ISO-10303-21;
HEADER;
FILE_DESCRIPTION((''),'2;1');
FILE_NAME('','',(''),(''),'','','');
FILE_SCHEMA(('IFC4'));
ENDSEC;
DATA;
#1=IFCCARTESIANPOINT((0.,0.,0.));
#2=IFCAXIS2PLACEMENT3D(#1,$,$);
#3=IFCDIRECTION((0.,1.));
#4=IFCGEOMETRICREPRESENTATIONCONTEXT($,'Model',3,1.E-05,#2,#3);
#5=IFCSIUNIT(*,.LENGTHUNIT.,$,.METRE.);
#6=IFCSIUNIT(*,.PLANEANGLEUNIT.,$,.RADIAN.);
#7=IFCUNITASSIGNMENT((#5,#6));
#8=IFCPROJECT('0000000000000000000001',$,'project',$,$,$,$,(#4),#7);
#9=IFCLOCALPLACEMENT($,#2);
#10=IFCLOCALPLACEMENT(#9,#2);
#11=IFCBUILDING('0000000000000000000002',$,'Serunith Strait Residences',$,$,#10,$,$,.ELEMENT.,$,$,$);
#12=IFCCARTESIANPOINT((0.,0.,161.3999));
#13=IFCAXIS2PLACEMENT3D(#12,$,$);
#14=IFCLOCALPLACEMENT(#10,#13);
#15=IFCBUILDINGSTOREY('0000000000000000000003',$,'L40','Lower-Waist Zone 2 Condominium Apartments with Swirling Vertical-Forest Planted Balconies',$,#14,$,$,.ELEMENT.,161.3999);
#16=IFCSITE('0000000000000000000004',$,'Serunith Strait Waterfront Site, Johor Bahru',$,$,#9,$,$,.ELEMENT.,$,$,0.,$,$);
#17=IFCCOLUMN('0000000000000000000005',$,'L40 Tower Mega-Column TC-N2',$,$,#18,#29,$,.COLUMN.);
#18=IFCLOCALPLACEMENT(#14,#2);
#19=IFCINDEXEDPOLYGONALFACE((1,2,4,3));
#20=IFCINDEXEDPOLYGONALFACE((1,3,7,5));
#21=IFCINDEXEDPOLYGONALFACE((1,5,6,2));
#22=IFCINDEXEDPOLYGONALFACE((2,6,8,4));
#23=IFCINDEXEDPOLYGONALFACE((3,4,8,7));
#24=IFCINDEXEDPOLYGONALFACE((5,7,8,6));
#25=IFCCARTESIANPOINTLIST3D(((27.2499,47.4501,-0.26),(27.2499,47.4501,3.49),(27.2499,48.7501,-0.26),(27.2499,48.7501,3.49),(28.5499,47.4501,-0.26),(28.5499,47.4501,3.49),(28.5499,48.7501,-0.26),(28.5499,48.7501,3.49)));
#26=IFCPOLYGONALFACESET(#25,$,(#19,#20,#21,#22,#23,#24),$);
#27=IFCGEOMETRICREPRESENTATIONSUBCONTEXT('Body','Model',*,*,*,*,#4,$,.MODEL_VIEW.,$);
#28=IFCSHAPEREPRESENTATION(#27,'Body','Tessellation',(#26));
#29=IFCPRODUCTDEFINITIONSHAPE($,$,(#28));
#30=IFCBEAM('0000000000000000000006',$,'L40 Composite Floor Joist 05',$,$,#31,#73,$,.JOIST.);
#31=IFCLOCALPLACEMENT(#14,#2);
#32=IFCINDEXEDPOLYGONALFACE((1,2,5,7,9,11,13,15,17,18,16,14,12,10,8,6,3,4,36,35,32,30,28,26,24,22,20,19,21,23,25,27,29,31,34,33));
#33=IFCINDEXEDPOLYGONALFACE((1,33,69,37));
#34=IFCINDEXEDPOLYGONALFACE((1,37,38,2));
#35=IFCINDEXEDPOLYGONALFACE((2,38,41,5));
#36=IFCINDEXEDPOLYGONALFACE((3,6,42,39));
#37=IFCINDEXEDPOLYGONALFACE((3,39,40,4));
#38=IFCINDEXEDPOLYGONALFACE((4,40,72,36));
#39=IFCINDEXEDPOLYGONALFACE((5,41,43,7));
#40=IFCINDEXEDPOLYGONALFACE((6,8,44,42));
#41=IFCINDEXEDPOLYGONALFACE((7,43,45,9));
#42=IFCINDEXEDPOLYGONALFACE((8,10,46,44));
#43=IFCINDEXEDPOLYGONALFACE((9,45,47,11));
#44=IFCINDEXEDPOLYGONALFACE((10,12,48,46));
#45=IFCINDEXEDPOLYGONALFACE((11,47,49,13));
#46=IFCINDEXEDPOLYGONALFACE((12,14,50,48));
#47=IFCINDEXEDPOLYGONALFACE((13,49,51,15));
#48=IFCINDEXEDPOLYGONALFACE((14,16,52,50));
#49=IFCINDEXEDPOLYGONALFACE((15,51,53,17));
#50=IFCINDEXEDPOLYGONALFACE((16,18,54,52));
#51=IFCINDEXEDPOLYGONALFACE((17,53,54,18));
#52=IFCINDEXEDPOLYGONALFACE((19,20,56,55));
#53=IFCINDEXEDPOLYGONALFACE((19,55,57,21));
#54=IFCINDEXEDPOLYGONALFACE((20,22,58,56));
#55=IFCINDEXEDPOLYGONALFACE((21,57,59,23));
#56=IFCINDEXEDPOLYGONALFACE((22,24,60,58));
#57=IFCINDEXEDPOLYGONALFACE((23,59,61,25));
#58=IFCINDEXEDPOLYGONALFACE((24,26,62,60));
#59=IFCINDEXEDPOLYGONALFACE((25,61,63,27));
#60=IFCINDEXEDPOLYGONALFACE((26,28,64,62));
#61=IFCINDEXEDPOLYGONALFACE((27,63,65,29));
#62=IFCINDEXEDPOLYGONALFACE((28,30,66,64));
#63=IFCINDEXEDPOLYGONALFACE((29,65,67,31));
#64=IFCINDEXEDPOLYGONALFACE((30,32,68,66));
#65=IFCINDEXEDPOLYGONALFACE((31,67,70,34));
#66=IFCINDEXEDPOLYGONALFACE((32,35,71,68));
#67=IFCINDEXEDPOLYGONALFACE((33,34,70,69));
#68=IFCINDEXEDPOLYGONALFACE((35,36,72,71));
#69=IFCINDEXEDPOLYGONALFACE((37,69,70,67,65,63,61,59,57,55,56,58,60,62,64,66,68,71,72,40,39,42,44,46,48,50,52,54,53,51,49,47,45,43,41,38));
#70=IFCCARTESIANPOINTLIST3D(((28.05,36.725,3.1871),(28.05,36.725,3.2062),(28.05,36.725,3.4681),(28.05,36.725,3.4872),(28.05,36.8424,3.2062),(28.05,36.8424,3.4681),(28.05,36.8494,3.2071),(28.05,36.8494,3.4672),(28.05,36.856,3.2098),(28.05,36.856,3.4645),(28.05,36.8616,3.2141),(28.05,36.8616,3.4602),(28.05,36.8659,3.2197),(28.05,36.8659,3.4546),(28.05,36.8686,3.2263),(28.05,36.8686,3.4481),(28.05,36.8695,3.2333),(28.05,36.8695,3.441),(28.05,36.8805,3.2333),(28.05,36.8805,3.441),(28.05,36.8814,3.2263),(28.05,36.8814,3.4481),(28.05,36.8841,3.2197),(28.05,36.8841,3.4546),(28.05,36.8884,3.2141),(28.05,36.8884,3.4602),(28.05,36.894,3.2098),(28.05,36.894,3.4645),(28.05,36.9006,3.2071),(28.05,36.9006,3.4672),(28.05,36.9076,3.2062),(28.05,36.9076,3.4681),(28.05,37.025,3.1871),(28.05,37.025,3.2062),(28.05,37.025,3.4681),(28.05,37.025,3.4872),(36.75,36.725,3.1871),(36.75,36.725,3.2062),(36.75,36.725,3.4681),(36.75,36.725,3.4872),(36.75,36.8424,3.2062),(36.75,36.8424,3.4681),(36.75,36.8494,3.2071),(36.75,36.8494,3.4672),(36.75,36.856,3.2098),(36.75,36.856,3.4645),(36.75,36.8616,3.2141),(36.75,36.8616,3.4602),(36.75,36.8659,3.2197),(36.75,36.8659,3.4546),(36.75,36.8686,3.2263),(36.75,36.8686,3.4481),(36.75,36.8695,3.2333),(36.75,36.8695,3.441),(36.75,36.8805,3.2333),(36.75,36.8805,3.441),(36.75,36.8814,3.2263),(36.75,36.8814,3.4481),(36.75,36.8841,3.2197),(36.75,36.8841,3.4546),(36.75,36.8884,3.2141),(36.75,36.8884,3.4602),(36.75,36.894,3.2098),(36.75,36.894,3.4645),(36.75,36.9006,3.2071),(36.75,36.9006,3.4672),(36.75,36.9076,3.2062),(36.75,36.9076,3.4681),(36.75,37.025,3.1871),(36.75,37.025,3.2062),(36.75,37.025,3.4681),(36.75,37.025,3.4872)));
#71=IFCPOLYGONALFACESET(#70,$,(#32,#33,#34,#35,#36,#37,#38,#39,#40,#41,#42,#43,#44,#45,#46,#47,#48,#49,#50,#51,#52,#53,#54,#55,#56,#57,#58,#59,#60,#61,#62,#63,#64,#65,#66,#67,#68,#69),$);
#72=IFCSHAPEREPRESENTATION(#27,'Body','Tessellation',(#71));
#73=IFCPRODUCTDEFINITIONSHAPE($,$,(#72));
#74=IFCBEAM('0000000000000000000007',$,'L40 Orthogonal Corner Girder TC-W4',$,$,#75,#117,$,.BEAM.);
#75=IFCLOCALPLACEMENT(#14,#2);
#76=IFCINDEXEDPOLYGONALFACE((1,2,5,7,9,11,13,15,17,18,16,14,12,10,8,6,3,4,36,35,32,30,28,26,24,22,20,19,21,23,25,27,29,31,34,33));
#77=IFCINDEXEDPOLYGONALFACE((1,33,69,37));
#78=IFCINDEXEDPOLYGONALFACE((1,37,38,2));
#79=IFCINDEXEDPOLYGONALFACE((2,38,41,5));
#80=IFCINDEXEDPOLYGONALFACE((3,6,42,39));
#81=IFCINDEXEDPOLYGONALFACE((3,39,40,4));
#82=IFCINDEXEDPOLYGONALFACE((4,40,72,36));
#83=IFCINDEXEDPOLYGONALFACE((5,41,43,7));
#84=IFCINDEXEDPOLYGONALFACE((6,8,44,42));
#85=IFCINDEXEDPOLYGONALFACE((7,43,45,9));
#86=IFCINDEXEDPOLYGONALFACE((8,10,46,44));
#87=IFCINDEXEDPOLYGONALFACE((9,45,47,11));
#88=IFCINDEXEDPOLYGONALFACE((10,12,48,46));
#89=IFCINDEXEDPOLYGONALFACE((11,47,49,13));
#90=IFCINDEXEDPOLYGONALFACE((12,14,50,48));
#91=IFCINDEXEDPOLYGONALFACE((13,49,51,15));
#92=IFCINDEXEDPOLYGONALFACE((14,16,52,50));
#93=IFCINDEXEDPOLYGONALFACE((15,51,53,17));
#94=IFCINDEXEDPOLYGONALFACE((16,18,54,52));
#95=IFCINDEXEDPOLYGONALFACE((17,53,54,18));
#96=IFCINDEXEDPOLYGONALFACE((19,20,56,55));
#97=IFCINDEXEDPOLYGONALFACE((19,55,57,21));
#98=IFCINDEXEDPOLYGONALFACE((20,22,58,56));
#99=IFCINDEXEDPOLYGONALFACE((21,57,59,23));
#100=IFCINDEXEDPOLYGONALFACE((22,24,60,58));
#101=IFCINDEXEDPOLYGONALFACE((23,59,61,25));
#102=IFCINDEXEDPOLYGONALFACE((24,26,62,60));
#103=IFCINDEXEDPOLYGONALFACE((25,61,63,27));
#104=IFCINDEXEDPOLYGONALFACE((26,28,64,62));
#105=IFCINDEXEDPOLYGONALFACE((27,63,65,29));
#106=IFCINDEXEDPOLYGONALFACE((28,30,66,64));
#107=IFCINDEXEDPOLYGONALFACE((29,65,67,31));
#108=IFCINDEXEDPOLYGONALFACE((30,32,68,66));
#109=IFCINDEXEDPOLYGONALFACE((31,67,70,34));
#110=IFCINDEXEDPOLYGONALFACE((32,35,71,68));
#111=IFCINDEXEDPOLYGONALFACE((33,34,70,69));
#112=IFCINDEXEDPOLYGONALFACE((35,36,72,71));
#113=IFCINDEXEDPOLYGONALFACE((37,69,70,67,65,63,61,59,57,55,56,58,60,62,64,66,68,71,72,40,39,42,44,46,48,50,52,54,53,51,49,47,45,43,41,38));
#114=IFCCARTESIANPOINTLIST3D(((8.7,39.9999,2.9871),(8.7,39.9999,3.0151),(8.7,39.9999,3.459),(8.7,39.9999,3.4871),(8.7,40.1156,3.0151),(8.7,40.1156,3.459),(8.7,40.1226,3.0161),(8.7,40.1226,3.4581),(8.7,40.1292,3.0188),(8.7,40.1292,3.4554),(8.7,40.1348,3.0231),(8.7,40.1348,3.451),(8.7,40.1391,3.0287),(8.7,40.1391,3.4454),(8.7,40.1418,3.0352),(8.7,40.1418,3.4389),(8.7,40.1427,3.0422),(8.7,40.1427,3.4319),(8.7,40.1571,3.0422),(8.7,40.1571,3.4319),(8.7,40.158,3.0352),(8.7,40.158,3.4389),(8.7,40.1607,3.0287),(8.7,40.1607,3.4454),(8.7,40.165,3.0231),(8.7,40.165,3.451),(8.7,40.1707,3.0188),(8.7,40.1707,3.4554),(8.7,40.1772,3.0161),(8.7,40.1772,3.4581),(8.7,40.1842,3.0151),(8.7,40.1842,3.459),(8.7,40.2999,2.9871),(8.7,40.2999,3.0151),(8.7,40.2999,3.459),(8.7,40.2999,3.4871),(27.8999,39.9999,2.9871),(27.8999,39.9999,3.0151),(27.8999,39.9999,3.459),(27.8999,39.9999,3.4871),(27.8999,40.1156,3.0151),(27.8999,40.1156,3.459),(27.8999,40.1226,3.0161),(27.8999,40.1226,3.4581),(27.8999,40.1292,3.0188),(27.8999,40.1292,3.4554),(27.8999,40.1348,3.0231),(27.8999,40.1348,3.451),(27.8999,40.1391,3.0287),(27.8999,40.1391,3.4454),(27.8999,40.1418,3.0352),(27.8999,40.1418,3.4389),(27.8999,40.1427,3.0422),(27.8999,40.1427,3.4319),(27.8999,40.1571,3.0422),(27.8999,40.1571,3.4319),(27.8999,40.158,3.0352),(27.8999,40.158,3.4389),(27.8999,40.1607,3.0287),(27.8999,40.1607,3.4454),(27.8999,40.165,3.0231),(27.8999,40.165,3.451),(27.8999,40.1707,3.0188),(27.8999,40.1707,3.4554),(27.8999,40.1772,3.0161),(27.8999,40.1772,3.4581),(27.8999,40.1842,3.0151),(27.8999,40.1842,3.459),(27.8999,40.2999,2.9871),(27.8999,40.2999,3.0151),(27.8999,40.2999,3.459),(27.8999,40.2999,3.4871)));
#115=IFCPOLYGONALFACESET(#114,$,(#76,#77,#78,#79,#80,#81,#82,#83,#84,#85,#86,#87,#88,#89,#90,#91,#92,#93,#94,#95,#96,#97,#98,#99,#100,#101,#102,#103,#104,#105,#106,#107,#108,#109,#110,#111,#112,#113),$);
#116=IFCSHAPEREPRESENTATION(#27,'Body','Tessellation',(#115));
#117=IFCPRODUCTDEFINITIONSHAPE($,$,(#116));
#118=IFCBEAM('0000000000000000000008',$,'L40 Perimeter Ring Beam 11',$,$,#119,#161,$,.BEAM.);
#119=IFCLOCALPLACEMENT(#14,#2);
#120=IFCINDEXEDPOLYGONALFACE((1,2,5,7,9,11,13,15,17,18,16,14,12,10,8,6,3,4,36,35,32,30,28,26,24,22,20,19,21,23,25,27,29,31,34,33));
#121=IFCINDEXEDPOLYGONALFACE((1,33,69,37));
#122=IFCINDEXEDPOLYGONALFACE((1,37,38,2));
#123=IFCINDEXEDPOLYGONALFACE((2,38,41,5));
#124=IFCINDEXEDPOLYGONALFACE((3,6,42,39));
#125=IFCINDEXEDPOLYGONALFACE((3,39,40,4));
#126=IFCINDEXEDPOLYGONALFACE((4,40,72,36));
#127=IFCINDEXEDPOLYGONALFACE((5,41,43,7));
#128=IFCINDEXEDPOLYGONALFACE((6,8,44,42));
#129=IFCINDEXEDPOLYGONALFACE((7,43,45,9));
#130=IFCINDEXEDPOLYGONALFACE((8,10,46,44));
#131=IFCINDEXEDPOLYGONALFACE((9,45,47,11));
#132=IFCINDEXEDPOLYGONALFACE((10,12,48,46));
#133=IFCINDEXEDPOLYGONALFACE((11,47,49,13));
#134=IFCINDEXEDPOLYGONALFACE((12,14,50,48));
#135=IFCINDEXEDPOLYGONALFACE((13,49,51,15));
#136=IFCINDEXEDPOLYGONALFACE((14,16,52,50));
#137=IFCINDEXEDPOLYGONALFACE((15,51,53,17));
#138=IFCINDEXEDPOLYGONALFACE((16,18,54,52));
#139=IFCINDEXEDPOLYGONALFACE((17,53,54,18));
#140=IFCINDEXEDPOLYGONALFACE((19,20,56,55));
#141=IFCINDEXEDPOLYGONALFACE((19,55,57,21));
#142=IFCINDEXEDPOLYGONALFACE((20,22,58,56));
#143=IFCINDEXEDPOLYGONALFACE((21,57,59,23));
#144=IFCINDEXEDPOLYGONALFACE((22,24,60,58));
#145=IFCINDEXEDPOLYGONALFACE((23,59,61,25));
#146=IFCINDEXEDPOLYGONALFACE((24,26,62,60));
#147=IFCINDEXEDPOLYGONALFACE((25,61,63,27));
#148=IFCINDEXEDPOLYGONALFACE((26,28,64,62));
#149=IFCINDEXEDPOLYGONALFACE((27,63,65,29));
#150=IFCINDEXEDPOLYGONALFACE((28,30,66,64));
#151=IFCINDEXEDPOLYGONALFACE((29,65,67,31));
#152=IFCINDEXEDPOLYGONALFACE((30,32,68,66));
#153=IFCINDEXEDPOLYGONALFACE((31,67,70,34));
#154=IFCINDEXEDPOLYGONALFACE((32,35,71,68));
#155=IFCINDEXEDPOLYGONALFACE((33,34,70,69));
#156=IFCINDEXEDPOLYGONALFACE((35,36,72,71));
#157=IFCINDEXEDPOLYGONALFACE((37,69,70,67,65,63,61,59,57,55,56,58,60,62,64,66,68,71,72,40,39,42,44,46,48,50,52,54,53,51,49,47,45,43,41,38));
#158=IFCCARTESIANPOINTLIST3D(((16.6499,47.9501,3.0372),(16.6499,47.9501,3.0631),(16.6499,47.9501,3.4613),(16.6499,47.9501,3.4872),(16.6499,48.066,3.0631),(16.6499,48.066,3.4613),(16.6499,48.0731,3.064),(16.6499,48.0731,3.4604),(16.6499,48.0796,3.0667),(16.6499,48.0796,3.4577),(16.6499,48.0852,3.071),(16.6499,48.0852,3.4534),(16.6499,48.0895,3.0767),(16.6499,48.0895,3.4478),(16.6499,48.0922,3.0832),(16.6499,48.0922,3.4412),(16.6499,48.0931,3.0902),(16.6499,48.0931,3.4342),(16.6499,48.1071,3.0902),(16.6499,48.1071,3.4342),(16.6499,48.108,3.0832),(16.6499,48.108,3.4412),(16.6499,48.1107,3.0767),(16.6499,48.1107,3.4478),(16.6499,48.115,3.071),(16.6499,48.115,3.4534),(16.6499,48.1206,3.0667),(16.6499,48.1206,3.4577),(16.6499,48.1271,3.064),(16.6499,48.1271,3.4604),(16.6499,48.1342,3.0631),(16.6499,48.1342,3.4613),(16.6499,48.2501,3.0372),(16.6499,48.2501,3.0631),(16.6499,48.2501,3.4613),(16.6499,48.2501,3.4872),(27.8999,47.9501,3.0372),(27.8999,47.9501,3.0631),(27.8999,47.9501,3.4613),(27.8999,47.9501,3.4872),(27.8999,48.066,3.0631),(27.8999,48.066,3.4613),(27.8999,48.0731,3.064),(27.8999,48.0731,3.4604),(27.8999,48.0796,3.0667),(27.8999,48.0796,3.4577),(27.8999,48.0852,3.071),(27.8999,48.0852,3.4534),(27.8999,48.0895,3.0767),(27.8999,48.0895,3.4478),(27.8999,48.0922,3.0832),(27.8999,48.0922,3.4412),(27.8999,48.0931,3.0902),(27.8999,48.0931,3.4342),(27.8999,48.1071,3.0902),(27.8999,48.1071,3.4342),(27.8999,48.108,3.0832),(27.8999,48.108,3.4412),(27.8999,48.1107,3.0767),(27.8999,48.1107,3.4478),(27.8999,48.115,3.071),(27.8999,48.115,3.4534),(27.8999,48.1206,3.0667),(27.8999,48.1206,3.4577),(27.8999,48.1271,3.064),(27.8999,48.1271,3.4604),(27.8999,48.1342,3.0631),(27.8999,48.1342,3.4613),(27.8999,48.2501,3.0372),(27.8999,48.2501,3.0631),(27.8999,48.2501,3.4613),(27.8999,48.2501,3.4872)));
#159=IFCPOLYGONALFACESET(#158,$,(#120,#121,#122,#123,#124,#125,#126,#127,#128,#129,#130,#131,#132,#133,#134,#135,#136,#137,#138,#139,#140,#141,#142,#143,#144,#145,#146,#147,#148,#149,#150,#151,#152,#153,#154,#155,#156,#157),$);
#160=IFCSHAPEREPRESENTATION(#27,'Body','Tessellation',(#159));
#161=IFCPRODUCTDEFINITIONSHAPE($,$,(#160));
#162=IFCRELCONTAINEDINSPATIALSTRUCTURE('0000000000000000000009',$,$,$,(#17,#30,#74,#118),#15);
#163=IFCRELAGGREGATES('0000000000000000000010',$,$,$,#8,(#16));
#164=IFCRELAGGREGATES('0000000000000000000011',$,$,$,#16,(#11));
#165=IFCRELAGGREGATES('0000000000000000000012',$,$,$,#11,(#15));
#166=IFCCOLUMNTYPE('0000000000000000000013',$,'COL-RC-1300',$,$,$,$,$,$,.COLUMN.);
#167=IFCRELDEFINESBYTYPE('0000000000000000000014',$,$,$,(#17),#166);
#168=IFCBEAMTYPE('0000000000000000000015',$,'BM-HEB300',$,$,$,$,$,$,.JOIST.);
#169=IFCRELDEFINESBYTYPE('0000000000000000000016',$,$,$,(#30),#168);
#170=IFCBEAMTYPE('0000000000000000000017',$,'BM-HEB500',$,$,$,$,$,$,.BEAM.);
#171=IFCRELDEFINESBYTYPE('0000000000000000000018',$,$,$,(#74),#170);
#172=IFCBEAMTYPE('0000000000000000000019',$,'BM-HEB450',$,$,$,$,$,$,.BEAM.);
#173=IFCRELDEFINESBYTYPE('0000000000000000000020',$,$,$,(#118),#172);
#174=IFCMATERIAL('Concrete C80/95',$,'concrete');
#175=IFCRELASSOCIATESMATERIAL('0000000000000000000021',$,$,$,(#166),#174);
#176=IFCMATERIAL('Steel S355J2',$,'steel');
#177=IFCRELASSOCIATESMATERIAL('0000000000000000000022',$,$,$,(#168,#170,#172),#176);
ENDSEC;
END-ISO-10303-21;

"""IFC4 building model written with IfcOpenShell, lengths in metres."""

from ifc_helpers import new_model, si_unit, direction, frame, origin, origin_2d, place, context, subcontext, project, spatial, rectangle, i_section, extrude, source, transform, mapped, material, material_profile, profile_set, type_object, element, save


model = new_model("IFC4")

# Units and contexts
model_context = context("Model", 3, precision=1e-05, world=origin(), true_north=direction((0.0, 1.0)))
body_context = subcontext(model_context, "Body", "Model", "MODEL_VIEW")
ifc_project = project(units=[si_unit("LENGTHUNIT", "METRE"), si_unit("PLANEANGLEUNIT", "RADIAN")], contexts=[model_context])

# Site, building, storey
site_placement = place(None, origin())
site = spatial("IfcSite", under=ifc_project, at=site_placement, Name="Serunith Strait Waterfront Site, Johor Bahru", CompositionType="ELEMENT", RefElevation=0.0)
building_placement = place(site_placement, origin())
building = spatial("IfcBuilding", under=site, at=building_placement, Name="Serunith Strait Residences", CompositionType="ELEMENT")
storey_placement = place(building_placement, frame((0.0, 0.0, 161.3999)))
storey = spatial("IfcBuildingStorey", under=building, at=storey_placement, Name="L40", Description="Lower-Waist Zone 2 Condominium Apartments with Swirling Vertical-Forest Planted Balconies", CompositionType="ELEMENT", Elevation=161.3999)

# Column
ifc_material_1 = material(Name="Concrete C80/95", Category="concrete")
ifc_material_profile_1 = material_profile(ifc_material_1, rectangle(XDim=1.3, YDim=1.3, at=origin_2d()), Name="RC 1300x1300")
ifc_profile_set_1 = profile_set([ifc_material_profile_1], Name="Concrete C80/95")
column_type = type_object("IfcColumnType", Name="COL-RC-1300", PredefinedType="COLUMN", material=ifc_profile_set_1)
shared_shape_1 = source(origin(), body_context, "Body", "SweptSolid", [
    extrude(rectangle(XDim=1.3, YDim=1.3, at=origin_2d()), origin(), (0.0, 0.0, 1.0), 3.75),
])
column_placement = place(storey_placement, frame((27.8999, 48.1001, -0.26), z_axis=(0.0, 0.0, 1.0), x_axis=(1.0, 0.0, 0.0)))
element("IfcColumn", 1, at=column_placement, inside=storey, type_object=column_type, Name="L40 Tower Mega-Column TC-N2", PredefinedType="COLUMN", context=body_context, shape_type="MappedRepresentation", body=[
    mapped(shared_shape_1, transform((0.0, 0.0, 0.0), scale=1.0)),
])

# Beams
ifc_material_2 = material(Name="Steel S355J2", Category="steel")
ifc_material_profile_2 = material_profile(ifc_material_2, i_section(OverallWidth=0.3, OverallDepth=0.3, WebThickness=0.011, FlangeThickness=0.019, FilletRadius=0.0271, at=origin_2d()), Name="HEB 300")
ifc_profile_set_2 = profile_set([ifc_material_profile_2], Name="Steel S355J2")
beam_type_1 = type_object("IfcBeamType", Name="BM-HEB300", PredefinedType="JOIST", material=ifc_profile_set_2)
shared_shape_2 = source(origin(), body_context, "Body", "SweptSolid", [
    extrude(i_section(OverallWidth=0.3, OverallDepth=0.3, WebThickness=0.011, FlangeThickness=0.019, FilletRadius=0.0271, at=origin_2d()), origin(), (0.0, 0.0, 1.0), 8.7),
])
beam_1_placement = place(storey_placement, frame((28.05, 36.875, 3.3372), z_axis=(1.0, 0.0, 0.0), x_axis=(0.0, 1.0, 0.0)))
element("IfcBeam", 2, at=beam_1_placement, inside=storey, type_object=beam_type_1, Name="L40 Composite Floor Joist 05", PredefinedType="JOIST", context=body_context, shape_type="MappedRepresentation", body=[
    mapped(shared_shape_2, transform((0.0, 0.0, 0.0), scale=1.0)),
])
ifc_material_profile_3 = material_profile(ifc_material_2, i_section(OverallWidth=0.3, OverallDepth=0.5, WebThickness=0.0144, FlangeThickness=0.0281, FilletRadius=0.0271, at=origin_2d()), Name="HEB 500")
ifc_profile_set_3 = profile_set([ifc_material_profile_3], Name="Steel S355J2")
beam_type_2 = type_object("IfcBeamType", Name="BM-HEB500", PredefinedType="BEAM", material=ifc_profile_set_3)
shared_shape_3 = source(origin(), body_context, "Body", "SweptSolid", [
    extrude(i_section(OverallWidth=0.3, OverallDepth=0.5, WebThickness=0.0144, FlangeThickness=0.0281, FilletRadius=0.0271, at=origin_2d()), origin(), (0.0, 0.0, 1.0), 19.2),
])
beam_2_placement = place(storey_placement, frame((27.8999, 40.1499, 3.2371), z_axis=(-1.0, 0.0, 0.0), x_axis=(0.0, -1.0, 0.0)))
element("IfcBeam", 3, at=beam_2_placement, inside=storey, type_object=beam_type_2, Name="L40 Orthogonal Corner Girder TC-W4", PredefinedType="BEAM", context=body_context, shape_type="MappedRepresentation", body=[
    mapped(shared_shape_3, transform((0.0, 0.0, 0.0), scale=1.0)),
])
ifc_material_profile_4 = material_profile(ifc_material_2, i_section(OverallWidth=0.3, OverallDepth=0.45, WebThickness=0.0139, FlangeThickness=0.0259, FilletRadius=0.0271, at=origin_2d()), Name="HEB 450")
ifc_profile_set_4 = profile_set([ifc_material_profile_4], Name="Steel S355J2")
beam_type_3 = type_object("IfcBeamType", Name="BM-HEB450", PredefinedType="BEAM", material=ifc_profile_set_4)
shared_shape_4 = source(origin(), body_context, "Body", "SweptSolid", [
    extrude(i_section(OverallWidth=0.3, OverallDepth=0.45, WebThickness=0.0139, FlangeThickness=0.0259, FilletRadius=0.0271, at=origin_2d()), origin(), (0.0, 0.0, 1.0), 11.25),
])
beam_3_placement = place(storey_placement, frame((27.8999, 48.1001, 3.2622), z_axis=(-1.0, 0.0, 0.0), x_axis=(0.0, -1.0, 0.0)))
element("IfcBeam", 4, at=beam_3_placement, inside=storey, type_object=beam_type_3, Name="L40 Perimeter Ring Beam 11", PredefinedType="BEAM", context=body_context, shape_type="MappedRepresentation", body=[
    mapped(shared_shape_4, transform((0.0, 0.0, 0.0), scale=1.0)),
])

save(model, "model.ifc")
